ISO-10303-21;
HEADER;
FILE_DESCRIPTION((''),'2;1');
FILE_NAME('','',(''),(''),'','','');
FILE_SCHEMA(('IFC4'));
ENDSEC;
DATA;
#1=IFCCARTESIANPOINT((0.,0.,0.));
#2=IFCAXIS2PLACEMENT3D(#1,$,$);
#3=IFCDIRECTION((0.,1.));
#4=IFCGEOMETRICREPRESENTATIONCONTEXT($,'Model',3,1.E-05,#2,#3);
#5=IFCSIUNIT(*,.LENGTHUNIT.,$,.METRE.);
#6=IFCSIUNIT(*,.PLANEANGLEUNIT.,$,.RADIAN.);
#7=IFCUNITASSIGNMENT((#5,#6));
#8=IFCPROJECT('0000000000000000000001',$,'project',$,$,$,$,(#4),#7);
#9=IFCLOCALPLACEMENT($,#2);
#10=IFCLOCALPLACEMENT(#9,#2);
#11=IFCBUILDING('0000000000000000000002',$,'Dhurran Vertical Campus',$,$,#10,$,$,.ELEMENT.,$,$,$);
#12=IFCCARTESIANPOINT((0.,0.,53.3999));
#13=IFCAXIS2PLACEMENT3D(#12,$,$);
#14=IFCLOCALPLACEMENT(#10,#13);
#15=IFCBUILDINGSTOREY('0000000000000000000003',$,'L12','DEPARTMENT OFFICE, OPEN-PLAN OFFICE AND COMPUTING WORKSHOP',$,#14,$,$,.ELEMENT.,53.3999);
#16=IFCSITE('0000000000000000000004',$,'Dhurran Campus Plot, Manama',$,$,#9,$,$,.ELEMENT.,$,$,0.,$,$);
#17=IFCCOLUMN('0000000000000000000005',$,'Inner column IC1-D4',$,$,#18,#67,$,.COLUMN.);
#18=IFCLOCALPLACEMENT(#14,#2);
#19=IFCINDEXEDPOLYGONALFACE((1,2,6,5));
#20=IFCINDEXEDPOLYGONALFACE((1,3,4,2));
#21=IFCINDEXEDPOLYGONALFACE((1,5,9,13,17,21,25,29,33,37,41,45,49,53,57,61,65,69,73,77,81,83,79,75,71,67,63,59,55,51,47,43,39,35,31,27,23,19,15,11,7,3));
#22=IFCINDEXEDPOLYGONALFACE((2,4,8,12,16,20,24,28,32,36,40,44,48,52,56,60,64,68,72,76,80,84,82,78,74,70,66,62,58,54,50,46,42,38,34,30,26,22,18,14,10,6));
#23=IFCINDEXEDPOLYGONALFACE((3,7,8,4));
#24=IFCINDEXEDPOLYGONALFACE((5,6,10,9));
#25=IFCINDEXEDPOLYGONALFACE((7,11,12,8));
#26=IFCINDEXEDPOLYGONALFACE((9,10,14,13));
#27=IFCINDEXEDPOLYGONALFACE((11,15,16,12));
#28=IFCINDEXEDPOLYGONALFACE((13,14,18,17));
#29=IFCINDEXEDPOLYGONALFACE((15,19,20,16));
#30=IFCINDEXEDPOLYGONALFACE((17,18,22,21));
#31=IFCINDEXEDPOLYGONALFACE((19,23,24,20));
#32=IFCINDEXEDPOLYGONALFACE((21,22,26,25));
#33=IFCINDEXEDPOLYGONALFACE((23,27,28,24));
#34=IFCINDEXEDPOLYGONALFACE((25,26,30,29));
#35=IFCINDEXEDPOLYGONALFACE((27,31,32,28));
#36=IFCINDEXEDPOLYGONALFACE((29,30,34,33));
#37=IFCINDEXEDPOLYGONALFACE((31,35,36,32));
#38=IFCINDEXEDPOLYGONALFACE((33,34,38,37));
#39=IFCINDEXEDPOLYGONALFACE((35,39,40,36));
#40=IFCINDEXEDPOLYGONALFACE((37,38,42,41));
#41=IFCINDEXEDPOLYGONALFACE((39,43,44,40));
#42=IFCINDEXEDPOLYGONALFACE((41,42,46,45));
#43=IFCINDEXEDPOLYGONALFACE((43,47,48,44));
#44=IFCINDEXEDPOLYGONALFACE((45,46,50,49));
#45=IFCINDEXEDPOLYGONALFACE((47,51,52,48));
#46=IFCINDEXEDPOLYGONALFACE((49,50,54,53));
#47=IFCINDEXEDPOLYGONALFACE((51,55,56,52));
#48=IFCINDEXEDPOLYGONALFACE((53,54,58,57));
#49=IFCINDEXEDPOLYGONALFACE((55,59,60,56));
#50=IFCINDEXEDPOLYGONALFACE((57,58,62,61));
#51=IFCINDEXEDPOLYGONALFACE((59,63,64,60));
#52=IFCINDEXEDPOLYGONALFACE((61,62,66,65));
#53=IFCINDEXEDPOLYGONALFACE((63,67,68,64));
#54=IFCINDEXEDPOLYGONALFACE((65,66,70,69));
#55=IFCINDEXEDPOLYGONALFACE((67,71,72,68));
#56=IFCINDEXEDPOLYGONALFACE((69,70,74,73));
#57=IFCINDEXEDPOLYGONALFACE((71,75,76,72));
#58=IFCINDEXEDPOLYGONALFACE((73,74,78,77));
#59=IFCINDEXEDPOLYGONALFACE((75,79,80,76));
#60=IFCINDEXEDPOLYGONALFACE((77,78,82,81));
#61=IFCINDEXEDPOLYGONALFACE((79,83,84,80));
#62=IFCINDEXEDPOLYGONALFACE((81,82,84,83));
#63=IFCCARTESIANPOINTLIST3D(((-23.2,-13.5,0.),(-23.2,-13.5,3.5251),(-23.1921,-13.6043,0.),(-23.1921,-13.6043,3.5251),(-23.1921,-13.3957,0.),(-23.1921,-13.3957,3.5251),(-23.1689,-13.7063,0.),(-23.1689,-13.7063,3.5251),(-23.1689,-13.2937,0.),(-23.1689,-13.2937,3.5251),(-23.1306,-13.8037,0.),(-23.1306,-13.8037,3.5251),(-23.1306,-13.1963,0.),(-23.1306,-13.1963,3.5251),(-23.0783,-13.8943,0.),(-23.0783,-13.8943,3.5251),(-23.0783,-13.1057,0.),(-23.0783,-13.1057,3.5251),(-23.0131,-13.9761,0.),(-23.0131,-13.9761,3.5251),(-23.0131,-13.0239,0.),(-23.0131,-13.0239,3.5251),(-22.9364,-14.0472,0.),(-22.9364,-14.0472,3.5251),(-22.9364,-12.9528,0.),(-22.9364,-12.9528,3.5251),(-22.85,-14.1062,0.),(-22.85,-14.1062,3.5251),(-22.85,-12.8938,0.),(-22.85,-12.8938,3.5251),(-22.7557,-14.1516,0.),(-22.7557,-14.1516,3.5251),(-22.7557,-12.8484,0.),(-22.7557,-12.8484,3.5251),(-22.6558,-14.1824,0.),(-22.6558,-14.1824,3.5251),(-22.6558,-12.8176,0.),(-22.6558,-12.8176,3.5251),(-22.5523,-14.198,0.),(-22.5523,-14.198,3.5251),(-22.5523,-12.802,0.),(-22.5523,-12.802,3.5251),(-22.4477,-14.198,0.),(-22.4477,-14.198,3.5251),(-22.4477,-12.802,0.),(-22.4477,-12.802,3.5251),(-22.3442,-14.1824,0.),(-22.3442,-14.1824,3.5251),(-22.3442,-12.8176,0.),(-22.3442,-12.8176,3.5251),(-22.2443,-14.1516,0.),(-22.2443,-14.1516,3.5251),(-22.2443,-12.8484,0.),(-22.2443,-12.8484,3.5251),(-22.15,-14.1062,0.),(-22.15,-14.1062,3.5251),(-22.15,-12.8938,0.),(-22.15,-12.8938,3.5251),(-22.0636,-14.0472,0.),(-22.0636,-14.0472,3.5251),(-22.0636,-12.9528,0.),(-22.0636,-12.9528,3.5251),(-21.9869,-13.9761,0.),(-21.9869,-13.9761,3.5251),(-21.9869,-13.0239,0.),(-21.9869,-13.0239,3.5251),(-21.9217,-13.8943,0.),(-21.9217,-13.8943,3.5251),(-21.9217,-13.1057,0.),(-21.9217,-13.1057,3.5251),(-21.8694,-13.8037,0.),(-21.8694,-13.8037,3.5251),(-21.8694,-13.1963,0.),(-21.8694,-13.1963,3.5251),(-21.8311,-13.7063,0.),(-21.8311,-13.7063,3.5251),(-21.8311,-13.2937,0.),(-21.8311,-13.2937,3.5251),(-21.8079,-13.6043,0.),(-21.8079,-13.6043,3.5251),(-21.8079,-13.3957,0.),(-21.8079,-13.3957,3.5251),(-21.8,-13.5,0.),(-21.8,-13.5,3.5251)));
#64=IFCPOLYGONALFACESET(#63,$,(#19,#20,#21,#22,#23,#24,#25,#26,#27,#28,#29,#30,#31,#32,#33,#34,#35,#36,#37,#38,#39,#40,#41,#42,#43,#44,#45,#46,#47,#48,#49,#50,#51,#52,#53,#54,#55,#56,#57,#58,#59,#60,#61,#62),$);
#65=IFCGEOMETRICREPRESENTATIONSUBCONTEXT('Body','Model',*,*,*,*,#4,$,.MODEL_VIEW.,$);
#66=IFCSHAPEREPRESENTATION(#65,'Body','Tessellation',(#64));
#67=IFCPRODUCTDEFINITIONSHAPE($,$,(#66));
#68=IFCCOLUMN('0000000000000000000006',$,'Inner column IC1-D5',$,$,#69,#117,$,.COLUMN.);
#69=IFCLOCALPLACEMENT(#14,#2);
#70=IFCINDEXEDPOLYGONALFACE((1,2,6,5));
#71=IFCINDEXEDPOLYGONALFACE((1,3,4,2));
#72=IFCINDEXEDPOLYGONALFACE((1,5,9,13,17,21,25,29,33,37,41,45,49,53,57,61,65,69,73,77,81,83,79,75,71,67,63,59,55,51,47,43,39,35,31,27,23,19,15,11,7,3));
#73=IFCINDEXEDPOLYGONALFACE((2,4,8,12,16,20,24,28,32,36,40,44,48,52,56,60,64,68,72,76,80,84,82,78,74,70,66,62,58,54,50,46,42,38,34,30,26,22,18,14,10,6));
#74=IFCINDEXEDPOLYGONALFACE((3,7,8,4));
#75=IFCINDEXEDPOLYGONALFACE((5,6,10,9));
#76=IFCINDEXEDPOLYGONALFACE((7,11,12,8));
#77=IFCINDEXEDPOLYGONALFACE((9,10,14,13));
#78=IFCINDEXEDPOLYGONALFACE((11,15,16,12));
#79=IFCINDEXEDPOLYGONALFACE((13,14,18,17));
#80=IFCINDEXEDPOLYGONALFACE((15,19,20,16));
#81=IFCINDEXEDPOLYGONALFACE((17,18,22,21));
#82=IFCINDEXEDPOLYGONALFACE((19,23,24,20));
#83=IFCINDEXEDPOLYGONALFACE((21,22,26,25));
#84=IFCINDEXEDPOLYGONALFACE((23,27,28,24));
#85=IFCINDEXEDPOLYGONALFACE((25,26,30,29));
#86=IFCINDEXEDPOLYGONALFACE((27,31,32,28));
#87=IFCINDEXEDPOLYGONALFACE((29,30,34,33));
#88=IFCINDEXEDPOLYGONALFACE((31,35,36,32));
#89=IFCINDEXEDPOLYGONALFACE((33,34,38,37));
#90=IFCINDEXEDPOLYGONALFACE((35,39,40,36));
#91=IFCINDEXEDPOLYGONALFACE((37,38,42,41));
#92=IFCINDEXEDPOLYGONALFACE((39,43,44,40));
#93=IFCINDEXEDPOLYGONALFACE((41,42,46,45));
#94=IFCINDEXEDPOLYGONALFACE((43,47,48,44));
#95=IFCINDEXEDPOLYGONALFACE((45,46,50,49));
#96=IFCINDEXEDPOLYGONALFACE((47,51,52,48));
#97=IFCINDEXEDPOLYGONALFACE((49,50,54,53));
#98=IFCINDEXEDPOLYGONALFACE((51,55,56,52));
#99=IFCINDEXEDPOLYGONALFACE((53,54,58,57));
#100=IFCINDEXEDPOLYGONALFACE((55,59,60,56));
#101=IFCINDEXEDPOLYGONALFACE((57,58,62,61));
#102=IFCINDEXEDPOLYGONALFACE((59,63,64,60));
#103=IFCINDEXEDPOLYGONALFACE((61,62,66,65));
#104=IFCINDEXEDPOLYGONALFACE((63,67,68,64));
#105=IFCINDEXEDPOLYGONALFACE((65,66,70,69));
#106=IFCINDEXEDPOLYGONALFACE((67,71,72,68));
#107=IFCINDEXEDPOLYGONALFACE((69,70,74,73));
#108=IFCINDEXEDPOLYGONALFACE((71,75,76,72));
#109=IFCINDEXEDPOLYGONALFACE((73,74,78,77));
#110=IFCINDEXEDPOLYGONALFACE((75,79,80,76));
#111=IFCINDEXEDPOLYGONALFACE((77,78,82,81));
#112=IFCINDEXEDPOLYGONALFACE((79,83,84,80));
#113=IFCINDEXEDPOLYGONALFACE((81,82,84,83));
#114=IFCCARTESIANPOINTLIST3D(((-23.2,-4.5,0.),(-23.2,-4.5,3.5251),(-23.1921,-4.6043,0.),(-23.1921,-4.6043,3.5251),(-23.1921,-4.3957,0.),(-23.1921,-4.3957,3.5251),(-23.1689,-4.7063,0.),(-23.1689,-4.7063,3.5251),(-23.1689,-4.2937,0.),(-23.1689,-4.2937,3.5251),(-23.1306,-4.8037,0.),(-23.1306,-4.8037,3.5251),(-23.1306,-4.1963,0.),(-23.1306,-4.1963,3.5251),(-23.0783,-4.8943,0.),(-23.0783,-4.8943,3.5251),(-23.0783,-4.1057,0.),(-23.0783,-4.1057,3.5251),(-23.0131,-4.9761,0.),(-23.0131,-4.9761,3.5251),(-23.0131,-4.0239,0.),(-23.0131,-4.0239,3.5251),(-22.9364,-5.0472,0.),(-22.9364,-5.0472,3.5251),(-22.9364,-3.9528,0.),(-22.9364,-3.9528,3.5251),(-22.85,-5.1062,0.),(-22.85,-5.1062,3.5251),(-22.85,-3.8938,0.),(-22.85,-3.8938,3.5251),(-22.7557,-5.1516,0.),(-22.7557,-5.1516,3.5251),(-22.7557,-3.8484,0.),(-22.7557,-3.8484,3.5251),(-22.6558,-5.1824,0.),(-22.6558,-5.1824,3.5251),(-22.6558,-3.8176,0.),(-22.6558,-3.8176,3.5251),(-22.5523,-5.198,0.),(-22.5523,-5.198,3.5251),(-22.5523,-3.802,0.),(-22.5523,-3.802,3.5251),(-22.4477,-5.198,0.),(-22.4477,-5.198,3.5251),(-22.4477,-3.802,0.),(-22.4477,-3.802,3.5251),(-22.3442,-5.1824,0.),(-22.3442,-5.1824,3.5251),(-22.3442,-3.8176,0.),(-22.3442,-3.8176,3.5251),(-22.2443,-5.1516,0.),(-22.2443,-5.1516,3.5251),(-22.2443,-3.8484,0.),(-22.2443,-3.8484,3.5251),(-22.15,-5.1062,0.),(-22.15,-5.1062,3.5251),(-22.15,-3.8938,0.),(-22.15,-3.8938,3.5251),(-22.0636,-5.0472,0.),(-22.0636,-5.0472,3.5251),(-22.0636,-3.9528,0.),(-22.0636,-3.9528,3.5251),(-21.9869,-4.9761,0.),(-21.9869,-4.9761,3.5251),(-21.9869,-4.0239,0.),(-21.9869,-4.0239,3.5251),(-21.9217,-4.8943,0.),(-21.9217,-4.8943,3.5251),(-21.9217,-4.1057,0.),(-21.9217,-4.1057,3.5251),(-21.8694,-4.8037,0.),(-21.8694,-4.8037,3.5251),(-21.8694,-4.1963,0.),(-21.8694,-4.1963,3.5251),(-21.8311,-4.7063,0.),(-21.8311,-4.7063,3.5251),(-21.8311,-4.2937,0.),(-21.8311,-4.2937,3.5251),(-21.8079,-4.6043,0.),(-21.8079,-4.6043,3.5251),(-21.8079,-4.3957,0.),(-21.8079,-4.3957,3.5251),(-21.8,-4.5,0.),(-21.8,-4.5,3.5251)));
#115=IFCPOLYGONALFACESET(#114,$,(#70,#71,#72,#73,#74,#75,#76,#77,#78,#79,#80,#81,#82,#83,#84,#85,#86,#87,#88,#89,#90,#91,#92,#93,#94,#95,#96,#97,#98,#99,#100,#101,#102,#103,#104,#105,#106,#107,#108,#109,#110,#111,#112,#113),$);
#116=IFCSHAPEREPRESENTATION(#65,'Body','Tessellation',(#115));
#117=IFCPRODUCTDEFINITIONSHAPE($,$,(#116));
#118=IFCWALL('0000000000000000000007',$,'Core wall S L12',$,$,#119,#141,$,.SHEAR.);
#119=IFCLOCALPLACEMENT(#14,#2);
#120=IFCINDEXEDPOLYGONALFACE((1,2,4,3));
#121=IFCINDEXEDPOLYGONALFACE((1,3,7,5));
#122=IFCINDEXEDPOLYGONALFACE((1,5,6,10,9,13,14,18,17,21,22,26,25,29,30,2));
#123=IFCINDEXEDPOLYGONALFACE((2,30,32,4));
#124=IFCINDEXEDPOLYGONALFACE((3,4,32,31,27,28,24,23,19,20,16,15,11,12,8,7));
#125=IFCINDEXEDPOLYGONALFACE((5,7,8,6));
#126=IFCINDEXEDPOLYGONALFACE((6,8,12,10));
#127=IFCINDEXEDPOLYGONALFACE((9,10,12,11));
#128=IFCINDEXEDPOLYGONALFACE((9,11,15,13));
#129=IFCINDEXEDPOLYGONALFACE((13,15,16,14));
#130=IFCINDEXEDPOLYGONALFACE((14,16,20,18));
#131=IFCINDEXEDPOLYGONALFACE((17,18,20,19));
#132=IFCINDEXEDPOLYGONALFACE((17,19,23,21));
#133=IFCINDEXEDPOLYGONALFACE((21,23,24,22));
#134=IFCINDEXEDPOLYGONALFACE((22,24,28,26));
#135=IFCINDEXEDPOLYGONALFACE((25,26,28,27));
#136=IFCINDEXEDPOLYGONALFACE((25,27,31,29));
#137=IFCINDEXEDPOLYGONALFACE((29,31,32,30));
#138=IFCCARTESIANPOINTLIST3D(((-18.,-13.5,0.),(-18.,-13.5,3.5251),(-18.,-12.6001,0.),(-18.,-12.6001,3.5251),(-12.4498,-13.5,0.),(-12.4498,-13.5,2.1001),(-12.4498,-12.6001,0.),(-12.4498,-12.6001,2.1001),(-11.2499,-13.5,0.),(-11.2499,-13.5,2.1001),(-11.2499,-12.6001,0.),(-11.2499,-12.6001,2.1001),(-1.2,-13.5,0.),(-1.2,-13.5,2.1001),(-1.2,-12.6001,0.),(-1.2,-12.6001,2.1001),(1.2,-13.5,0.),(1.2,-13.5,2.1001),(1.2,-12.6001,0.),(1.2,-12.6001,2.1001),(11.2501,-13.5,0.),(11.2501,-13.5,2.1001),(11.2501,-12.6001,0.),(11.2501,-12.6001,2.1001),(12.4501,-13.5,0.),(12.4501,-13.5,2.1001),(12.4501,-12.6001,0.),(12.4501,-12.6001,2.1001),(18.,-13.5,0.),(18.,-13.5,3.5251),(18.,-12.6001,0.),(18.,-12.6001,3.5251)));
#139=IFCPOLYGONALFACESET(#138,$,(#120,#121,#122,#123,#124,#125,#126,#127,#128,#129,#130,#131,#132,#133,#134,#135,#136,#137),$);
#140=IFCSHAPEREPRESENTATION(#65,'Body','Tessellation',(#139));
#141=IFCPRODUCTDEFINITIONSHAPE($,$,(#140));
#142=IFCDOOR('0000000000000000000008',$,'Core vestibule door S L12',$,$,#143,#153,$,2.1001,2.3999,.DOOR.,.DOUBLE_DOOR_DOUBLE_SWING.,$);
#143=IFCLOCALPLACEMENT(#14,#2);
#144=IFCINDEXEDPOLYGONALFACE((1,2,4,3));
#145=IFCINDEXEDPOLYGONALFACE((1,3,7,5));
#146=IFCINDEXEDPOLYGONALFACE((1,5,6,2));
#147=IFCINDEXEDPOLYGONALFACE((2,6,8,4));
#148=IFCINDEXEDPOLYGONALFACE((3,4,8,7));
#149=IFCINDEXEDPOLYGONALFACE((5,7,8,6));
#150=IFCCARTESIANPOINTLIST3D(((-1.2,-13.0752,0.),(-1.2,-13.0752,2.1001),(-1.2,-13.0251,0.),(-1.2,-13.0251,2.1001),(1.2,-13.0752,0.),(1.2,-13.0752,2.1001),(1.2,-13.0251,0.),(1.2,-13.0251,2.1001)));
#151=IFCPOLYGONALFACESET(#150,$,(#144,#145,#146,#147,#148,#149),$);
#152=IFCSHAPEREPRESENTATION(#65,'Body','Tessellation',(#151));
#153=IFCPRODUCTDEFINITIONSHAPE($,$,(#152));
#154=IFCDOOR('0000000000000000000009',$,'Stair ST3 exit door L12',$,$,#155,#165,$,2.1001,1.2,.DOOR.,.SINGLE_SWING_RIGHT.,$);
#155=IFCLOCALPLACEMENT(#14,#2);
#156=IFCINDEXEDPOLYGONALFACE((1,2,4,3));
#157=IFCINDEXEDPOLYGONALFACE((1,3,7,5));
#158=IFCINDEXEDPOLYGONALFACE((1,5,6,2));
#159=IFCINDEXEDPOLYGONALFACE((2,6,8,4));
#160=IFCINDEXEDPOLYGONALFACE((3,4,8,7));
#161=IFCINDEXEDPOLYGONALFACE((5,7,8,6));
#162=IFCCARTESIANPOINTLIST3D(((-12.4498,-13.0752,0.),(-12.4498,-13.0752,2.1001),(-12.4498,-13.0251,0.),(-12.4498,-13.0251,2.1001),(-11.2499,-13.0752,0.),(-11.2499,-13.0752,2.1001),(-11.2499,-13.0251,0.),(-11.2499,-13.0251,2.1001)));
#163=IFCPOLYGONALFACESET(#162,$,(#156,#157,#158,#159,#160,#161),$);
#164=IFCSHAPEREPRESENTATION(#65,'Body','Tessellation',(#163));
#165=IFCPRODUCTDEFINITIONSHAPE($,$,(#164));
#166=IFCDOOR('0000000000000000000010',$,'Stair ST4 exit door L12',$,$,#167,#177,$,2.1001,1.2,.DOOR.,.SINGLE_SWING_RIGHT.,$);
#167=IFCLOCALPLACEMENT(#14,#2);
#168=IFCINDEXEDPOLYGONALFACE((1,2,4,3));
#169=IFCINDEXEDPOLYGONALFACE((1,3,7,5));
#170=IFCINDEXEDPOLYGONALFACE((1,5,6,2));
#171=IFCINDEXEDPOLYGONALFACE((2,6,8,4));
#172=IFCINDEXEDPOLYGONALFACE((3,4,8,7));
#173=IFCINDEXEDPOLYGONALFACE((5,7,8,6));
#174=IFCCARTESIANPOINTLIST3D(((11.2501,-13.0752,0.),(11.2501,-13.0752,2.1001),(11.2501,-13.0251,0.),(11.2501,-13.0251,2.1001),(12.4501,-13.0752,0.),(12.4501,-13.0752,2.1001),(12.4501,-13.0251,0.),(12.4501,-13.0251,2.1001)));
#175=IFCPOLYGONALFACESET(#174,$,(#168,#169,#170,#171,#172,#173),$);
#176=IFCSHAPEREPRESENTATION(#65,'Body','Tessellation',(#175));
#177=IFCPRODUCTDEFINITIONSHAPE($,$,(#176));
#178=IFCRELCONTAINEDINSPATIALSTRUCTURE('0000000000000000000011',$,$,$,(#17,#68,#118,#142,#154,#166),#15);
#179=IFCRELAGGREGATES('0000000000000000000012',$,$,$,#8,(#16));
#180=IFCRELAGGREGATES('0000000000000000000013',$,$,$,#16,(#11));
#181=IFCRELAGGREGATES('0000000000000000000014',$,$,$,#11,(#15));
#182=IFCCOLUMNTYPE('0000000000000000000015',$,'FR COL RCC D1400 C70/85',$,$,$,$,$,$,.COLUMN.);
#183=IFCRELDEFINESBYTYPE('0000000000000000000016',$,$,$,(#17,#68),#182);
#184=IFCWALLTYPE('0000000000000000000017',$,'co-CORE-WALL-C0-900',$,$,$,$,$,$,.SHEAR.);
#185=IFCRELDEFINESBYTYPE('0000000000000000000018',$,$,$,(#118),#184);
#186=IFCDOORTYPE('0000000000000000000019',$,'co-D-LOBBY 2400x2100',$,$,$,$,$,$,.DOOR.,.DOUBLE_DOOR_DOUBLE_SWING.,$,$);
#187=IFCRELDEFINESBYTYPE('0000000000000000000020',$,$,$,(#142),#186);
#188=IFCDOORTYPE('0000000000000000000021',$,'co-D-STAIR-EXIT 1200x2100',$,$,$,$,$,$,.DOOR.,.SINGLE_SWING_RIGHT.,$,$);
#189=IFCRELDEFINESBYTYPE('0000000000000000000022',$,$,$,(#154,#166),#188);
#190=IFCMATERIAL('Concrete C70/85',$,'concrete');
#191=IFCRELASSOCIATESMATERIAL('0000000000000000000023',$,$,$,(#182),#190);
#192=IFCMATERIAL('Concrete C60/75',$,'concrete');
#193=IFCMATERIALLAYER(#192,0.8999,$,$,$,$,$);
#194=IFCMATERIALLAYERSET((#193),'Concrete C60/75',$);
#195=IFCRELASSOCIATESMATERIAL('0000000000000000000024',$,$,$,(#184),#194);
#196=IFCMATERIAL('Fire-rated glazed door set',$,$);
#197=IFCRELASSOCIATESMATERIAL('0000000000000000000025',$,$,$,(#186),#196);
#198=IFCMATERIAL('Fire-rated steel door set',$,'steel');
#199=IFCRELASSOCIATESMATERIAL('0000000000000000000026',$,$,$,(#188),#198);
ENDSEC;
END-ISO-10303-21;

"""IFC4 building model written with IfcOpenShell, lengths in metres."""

from ifc_helpers import new_model, si_unit, direction, frame, frame_2d, origin, origin_2d, place, context, subcontext, project, spatial, rectangle, circle, extrude, material, layer, layer_set, material_profile, profile_set, type_object, element, fill, save


model = new_model("IFC4")

# Units and contexts
model_context = context("Model", 3, precision=1e-05, world=origin(), true_north=direction((0.0, 1.0)))
body_context = subcontext(model_context, "Body", "Model", "MODEL_VIEW")
ifc_project = project(units=[si_unit("LENGTHUNIT", "METRE"), si_unit("PLANEANGLEUNIT", "RADIAN")], contexts=[model_context])

# Site, building, storey
site_placement = place(None, origin())
site = spatial("IfcSite", under=ifc_project, at=site_placement, Name="Dhurran Campus Plot, Manama", CompositionType="ELEMENT", RefElevation=0.0)
building_placement = place(site_placement, origin())
building = spatial("IfcBuilding", under=site, at=building_placement, Name="Dhurran Vertical Campus", CompositionType="ELEMENT")
storey_placement = place(building_placement, frame((0.0, 0.0, 53.3999)))
storey = spatial("IfcBuildingStorey", under=building, at=storey_placement, Name="L12", Description="DEPARTMENT OFFICE, OPEN-PLAN OFFICE AND COMPUTING WORKSHOP", CompositionType="ELEMENT", Elevation=53.3999)

# Columns
ifc_material_1 = material(Name="Concrete C70/85", Category="concrete")
ifc_material_profile = material_profile(ifc_material_1, circle(Radius=0.7, at=origin_2d()), Name="RCC D1400")
ifc_profile_set = profile_set([ifc_material_profile], Name="Concrete C70/85")
column_type = type_object("IfcColumnType", Name="FR COL RCC D1400 C70/85", PredefinedType="COLUMN", material=ifc_profile_set)
for number, where, z_axis, x_axis, name in (
    (1, (-22.5, -13.5, 0.0), (0.0, 0.0, 1.0), (1.0, 0.0, 0.0), "Inner column IC1-D4"),
    (2, (-22.5, -4.5, 0.0), (0.0, 0.0, 1.0), (1.0, 0.0, 0.0), "Inner column IC1-D5"),
):
    element("IfcColumn", number, at=place(storey_placement, frame(where, z_axis=z_axis, x_axis=x_axis)), inside=storey, type_object=column_type, Name=name, PredefinedType="COLUMN", context=body_context, shape_type="SweptSolid", body=[
        extrude(circle(Radius=0.7, at=origin_2d()), origin(), (0.0, 0.0, 1.0), 3.5251),
    ])

# Wall, openings, doors
ifc_material_2 = material(Name="Concrete C60/75", Category="concrete")
ifc_layer_1 = layer(ifc_material_2, 0.8999)
ifc_layer_set_1 = layer_set([ifc_layer_1], Name="Concrete C60/75")
wall_type_1 = type_object("IfcWallType", Name="co-CORE-WALL-C0-900", PredefinedType="SHEAR", material=ifc_layer_set_1)
wall_1_placement = place(storey_placement, frame((-18.0, -13.05, 0.0), z_axis=(0.0, 0.0, 1.0), x_axis=(1.0, 0.0, 0.0)))
wall_1 = element("IfcWall", 3, at=wall_1_placement, inside=storey, type_object=wall_type_1, Name="Core wall S L12", PredefinedType="SHEAR", context=body_context, shape_type="SweptSolid", body=[
    extrude(rectangle(XDim=36.0, YDim=0.8999, at=frame_2d((18.0, 0.0))), origin(), (0.0, 0.0, 1.0), 3.5251),
])
opening_1_placement = place(wall_1_placement, frame((16.8, 0.0, 0.0)))
opening_1 = element("IfcOpeningElement", 4, at=opening_1_placement, cuts=wall_1, PredefinedType="OPENING", context=body_context, shape_type="SweptSolid", body=[
    extrude(rectangle(XDim=2.3999, YDim=2.1001, at=frame_2d((1.2, 1.05))), frame((0.0, 0.46, 0.0), z_axis=(0.0, -1.0, 0.0), x_axis=(1.0, 0.0, 0.0)), (0.0, 0.0, 1.0), 0.9199),
])
opening_2_placement = place(wall_1_placement, frame((5.55, 0.0, 0.0)))
opening_2 = element("IfcOpeningElement", 5, at=opening_2_placement, cuts=wall_1, PredefinedType="OPENING", context=body_context, shape_type="SweptSolid", body=[
    extrude(rectangle(XDim=1.2, YDim=2.1001, at=frame_2d((0.6001, 1.05))), frame((0.0, 0.46, 0.0), z_axis=(0.0, -1.0, 0.0), x_axis=(1.0, 0.0, 0.0)), (0.0, 0.0, 1.0), 0.9199),
])
opening_3_placement = place(wall_1_placement, frame((29.25, 0.0, 0.0)))
opening_3 = element("IfcOpeningElement", 6, at=opening_3_placement, cuts=wall_1, PredefinedType="OPENING", context=body_context, shape_type="SweptSolid", body=[
    extrude(rectangle(XDim=1.2, YDim=2.1001, at=frame_2d((0.6001, 1.05))), frame((0.0, 0.46, 0.0), z_axis=(0.0, -1.0, 0.0), x_axis=(1.0, 0.0, 0.0)), (0.0, 0.0, 1.0), 0.9199),
])
ifc_material_3 = material(Name="Fire-rated glazed door set")
door_type_1 = type_object("IfcDoorType", Name="co-D-LOBBY 2400x2100", OperationType="DOUBLE_DOOR_DOUBLE_SWING", PredefinedType="DOOR", material=ifc_material_3)
door_1_placement = place(opening_1_placement, origin())
door_1 = element("IfcDoor", 7, at=door_1_placement, inside=storey, type_object=door_type_1, Name="Core vestibule door S L12", OperationType="DOUBLE_DOOR_DOUBLE_SWING", OverallHeight=2.1001, OverallWidth=2.3999, PredefinedType="DOOR", context=body_context, shape_type="SweptSolid", body=[
    extrude(rectangle(XDim=2.3999, YDim=2.1001, at=frame_2d((1.2, 1.05))), frame((0.0, 0.0249, 0.0), z_axis=(0.0, -1.0, 0.0), x_axis=(1.0, 0.0, 0.0)), (0.0, 0.0, 1.0), 0.05),
])
fill(opening_1, door_1)
ifc_material_4 = material(Name="Fire-rated steel door set", Category="steel")
door_type_2 = type_object("IfcDoorType", Name="co-D-STAIR-EXIT 1200x2100", OperationType="SINGLE_SWING_RIGHT", PredefinedType="DOOR", material=ifc_material_4)
door_2_placement = place(opening_2_placement, origin())
door_2 = element("IfcDoor", 8, at=door_2_placement, inside=storey, type_object=door_type_2, Name="Stair ST3 exit door L12", OperationType="SINGLE_SWING_RIGHT", OverallHeight=2.1001, OverallWidth=1.2, PredefinedType="DOOR", context=body_context, shape_type="SweptSolid", body=[
    extrude(rectangle(XDim=1.2, YDim=2.1001, at=frame_2d((0.6001, 1.05))), frame((0.0, 0.0249, 0.0), z_axis=(0.0, -1.0, 0.0), x_axis=(1.0, 0.0, 0.0)), (0.0, 0.0, 1.0), 0.05),
])
fill(opening_2, door_2)
door_3_placement = place(opening_3_placement, origin())
door_3 = element("IfcDoor", 9, at=door_3_placement, inside=storey, type_object=door_type_2, Name="Stair ST4 exit door L12", OperationType="SINGLE_SWING_RIGHT", OverallHeight=2.1001, OverallWidth=1.2, PredefinedType="DOOR", context=body_context, shape_type="SweptSolid", body=[
    extrude(rectangle(XDim=1.2, YDim=2.1001, at=frame_2d((0.6001, 1.05))), frame((0.0, 0.0249, 0.0), z_axis=(0.0, -1.0, 0.0), x_axis=(1.0, 0.0, 0.0)), (0.0, 0.0, 1.0), 0.05),
])
fill(opening_3, door_3)

save(model, "model.ifc")
